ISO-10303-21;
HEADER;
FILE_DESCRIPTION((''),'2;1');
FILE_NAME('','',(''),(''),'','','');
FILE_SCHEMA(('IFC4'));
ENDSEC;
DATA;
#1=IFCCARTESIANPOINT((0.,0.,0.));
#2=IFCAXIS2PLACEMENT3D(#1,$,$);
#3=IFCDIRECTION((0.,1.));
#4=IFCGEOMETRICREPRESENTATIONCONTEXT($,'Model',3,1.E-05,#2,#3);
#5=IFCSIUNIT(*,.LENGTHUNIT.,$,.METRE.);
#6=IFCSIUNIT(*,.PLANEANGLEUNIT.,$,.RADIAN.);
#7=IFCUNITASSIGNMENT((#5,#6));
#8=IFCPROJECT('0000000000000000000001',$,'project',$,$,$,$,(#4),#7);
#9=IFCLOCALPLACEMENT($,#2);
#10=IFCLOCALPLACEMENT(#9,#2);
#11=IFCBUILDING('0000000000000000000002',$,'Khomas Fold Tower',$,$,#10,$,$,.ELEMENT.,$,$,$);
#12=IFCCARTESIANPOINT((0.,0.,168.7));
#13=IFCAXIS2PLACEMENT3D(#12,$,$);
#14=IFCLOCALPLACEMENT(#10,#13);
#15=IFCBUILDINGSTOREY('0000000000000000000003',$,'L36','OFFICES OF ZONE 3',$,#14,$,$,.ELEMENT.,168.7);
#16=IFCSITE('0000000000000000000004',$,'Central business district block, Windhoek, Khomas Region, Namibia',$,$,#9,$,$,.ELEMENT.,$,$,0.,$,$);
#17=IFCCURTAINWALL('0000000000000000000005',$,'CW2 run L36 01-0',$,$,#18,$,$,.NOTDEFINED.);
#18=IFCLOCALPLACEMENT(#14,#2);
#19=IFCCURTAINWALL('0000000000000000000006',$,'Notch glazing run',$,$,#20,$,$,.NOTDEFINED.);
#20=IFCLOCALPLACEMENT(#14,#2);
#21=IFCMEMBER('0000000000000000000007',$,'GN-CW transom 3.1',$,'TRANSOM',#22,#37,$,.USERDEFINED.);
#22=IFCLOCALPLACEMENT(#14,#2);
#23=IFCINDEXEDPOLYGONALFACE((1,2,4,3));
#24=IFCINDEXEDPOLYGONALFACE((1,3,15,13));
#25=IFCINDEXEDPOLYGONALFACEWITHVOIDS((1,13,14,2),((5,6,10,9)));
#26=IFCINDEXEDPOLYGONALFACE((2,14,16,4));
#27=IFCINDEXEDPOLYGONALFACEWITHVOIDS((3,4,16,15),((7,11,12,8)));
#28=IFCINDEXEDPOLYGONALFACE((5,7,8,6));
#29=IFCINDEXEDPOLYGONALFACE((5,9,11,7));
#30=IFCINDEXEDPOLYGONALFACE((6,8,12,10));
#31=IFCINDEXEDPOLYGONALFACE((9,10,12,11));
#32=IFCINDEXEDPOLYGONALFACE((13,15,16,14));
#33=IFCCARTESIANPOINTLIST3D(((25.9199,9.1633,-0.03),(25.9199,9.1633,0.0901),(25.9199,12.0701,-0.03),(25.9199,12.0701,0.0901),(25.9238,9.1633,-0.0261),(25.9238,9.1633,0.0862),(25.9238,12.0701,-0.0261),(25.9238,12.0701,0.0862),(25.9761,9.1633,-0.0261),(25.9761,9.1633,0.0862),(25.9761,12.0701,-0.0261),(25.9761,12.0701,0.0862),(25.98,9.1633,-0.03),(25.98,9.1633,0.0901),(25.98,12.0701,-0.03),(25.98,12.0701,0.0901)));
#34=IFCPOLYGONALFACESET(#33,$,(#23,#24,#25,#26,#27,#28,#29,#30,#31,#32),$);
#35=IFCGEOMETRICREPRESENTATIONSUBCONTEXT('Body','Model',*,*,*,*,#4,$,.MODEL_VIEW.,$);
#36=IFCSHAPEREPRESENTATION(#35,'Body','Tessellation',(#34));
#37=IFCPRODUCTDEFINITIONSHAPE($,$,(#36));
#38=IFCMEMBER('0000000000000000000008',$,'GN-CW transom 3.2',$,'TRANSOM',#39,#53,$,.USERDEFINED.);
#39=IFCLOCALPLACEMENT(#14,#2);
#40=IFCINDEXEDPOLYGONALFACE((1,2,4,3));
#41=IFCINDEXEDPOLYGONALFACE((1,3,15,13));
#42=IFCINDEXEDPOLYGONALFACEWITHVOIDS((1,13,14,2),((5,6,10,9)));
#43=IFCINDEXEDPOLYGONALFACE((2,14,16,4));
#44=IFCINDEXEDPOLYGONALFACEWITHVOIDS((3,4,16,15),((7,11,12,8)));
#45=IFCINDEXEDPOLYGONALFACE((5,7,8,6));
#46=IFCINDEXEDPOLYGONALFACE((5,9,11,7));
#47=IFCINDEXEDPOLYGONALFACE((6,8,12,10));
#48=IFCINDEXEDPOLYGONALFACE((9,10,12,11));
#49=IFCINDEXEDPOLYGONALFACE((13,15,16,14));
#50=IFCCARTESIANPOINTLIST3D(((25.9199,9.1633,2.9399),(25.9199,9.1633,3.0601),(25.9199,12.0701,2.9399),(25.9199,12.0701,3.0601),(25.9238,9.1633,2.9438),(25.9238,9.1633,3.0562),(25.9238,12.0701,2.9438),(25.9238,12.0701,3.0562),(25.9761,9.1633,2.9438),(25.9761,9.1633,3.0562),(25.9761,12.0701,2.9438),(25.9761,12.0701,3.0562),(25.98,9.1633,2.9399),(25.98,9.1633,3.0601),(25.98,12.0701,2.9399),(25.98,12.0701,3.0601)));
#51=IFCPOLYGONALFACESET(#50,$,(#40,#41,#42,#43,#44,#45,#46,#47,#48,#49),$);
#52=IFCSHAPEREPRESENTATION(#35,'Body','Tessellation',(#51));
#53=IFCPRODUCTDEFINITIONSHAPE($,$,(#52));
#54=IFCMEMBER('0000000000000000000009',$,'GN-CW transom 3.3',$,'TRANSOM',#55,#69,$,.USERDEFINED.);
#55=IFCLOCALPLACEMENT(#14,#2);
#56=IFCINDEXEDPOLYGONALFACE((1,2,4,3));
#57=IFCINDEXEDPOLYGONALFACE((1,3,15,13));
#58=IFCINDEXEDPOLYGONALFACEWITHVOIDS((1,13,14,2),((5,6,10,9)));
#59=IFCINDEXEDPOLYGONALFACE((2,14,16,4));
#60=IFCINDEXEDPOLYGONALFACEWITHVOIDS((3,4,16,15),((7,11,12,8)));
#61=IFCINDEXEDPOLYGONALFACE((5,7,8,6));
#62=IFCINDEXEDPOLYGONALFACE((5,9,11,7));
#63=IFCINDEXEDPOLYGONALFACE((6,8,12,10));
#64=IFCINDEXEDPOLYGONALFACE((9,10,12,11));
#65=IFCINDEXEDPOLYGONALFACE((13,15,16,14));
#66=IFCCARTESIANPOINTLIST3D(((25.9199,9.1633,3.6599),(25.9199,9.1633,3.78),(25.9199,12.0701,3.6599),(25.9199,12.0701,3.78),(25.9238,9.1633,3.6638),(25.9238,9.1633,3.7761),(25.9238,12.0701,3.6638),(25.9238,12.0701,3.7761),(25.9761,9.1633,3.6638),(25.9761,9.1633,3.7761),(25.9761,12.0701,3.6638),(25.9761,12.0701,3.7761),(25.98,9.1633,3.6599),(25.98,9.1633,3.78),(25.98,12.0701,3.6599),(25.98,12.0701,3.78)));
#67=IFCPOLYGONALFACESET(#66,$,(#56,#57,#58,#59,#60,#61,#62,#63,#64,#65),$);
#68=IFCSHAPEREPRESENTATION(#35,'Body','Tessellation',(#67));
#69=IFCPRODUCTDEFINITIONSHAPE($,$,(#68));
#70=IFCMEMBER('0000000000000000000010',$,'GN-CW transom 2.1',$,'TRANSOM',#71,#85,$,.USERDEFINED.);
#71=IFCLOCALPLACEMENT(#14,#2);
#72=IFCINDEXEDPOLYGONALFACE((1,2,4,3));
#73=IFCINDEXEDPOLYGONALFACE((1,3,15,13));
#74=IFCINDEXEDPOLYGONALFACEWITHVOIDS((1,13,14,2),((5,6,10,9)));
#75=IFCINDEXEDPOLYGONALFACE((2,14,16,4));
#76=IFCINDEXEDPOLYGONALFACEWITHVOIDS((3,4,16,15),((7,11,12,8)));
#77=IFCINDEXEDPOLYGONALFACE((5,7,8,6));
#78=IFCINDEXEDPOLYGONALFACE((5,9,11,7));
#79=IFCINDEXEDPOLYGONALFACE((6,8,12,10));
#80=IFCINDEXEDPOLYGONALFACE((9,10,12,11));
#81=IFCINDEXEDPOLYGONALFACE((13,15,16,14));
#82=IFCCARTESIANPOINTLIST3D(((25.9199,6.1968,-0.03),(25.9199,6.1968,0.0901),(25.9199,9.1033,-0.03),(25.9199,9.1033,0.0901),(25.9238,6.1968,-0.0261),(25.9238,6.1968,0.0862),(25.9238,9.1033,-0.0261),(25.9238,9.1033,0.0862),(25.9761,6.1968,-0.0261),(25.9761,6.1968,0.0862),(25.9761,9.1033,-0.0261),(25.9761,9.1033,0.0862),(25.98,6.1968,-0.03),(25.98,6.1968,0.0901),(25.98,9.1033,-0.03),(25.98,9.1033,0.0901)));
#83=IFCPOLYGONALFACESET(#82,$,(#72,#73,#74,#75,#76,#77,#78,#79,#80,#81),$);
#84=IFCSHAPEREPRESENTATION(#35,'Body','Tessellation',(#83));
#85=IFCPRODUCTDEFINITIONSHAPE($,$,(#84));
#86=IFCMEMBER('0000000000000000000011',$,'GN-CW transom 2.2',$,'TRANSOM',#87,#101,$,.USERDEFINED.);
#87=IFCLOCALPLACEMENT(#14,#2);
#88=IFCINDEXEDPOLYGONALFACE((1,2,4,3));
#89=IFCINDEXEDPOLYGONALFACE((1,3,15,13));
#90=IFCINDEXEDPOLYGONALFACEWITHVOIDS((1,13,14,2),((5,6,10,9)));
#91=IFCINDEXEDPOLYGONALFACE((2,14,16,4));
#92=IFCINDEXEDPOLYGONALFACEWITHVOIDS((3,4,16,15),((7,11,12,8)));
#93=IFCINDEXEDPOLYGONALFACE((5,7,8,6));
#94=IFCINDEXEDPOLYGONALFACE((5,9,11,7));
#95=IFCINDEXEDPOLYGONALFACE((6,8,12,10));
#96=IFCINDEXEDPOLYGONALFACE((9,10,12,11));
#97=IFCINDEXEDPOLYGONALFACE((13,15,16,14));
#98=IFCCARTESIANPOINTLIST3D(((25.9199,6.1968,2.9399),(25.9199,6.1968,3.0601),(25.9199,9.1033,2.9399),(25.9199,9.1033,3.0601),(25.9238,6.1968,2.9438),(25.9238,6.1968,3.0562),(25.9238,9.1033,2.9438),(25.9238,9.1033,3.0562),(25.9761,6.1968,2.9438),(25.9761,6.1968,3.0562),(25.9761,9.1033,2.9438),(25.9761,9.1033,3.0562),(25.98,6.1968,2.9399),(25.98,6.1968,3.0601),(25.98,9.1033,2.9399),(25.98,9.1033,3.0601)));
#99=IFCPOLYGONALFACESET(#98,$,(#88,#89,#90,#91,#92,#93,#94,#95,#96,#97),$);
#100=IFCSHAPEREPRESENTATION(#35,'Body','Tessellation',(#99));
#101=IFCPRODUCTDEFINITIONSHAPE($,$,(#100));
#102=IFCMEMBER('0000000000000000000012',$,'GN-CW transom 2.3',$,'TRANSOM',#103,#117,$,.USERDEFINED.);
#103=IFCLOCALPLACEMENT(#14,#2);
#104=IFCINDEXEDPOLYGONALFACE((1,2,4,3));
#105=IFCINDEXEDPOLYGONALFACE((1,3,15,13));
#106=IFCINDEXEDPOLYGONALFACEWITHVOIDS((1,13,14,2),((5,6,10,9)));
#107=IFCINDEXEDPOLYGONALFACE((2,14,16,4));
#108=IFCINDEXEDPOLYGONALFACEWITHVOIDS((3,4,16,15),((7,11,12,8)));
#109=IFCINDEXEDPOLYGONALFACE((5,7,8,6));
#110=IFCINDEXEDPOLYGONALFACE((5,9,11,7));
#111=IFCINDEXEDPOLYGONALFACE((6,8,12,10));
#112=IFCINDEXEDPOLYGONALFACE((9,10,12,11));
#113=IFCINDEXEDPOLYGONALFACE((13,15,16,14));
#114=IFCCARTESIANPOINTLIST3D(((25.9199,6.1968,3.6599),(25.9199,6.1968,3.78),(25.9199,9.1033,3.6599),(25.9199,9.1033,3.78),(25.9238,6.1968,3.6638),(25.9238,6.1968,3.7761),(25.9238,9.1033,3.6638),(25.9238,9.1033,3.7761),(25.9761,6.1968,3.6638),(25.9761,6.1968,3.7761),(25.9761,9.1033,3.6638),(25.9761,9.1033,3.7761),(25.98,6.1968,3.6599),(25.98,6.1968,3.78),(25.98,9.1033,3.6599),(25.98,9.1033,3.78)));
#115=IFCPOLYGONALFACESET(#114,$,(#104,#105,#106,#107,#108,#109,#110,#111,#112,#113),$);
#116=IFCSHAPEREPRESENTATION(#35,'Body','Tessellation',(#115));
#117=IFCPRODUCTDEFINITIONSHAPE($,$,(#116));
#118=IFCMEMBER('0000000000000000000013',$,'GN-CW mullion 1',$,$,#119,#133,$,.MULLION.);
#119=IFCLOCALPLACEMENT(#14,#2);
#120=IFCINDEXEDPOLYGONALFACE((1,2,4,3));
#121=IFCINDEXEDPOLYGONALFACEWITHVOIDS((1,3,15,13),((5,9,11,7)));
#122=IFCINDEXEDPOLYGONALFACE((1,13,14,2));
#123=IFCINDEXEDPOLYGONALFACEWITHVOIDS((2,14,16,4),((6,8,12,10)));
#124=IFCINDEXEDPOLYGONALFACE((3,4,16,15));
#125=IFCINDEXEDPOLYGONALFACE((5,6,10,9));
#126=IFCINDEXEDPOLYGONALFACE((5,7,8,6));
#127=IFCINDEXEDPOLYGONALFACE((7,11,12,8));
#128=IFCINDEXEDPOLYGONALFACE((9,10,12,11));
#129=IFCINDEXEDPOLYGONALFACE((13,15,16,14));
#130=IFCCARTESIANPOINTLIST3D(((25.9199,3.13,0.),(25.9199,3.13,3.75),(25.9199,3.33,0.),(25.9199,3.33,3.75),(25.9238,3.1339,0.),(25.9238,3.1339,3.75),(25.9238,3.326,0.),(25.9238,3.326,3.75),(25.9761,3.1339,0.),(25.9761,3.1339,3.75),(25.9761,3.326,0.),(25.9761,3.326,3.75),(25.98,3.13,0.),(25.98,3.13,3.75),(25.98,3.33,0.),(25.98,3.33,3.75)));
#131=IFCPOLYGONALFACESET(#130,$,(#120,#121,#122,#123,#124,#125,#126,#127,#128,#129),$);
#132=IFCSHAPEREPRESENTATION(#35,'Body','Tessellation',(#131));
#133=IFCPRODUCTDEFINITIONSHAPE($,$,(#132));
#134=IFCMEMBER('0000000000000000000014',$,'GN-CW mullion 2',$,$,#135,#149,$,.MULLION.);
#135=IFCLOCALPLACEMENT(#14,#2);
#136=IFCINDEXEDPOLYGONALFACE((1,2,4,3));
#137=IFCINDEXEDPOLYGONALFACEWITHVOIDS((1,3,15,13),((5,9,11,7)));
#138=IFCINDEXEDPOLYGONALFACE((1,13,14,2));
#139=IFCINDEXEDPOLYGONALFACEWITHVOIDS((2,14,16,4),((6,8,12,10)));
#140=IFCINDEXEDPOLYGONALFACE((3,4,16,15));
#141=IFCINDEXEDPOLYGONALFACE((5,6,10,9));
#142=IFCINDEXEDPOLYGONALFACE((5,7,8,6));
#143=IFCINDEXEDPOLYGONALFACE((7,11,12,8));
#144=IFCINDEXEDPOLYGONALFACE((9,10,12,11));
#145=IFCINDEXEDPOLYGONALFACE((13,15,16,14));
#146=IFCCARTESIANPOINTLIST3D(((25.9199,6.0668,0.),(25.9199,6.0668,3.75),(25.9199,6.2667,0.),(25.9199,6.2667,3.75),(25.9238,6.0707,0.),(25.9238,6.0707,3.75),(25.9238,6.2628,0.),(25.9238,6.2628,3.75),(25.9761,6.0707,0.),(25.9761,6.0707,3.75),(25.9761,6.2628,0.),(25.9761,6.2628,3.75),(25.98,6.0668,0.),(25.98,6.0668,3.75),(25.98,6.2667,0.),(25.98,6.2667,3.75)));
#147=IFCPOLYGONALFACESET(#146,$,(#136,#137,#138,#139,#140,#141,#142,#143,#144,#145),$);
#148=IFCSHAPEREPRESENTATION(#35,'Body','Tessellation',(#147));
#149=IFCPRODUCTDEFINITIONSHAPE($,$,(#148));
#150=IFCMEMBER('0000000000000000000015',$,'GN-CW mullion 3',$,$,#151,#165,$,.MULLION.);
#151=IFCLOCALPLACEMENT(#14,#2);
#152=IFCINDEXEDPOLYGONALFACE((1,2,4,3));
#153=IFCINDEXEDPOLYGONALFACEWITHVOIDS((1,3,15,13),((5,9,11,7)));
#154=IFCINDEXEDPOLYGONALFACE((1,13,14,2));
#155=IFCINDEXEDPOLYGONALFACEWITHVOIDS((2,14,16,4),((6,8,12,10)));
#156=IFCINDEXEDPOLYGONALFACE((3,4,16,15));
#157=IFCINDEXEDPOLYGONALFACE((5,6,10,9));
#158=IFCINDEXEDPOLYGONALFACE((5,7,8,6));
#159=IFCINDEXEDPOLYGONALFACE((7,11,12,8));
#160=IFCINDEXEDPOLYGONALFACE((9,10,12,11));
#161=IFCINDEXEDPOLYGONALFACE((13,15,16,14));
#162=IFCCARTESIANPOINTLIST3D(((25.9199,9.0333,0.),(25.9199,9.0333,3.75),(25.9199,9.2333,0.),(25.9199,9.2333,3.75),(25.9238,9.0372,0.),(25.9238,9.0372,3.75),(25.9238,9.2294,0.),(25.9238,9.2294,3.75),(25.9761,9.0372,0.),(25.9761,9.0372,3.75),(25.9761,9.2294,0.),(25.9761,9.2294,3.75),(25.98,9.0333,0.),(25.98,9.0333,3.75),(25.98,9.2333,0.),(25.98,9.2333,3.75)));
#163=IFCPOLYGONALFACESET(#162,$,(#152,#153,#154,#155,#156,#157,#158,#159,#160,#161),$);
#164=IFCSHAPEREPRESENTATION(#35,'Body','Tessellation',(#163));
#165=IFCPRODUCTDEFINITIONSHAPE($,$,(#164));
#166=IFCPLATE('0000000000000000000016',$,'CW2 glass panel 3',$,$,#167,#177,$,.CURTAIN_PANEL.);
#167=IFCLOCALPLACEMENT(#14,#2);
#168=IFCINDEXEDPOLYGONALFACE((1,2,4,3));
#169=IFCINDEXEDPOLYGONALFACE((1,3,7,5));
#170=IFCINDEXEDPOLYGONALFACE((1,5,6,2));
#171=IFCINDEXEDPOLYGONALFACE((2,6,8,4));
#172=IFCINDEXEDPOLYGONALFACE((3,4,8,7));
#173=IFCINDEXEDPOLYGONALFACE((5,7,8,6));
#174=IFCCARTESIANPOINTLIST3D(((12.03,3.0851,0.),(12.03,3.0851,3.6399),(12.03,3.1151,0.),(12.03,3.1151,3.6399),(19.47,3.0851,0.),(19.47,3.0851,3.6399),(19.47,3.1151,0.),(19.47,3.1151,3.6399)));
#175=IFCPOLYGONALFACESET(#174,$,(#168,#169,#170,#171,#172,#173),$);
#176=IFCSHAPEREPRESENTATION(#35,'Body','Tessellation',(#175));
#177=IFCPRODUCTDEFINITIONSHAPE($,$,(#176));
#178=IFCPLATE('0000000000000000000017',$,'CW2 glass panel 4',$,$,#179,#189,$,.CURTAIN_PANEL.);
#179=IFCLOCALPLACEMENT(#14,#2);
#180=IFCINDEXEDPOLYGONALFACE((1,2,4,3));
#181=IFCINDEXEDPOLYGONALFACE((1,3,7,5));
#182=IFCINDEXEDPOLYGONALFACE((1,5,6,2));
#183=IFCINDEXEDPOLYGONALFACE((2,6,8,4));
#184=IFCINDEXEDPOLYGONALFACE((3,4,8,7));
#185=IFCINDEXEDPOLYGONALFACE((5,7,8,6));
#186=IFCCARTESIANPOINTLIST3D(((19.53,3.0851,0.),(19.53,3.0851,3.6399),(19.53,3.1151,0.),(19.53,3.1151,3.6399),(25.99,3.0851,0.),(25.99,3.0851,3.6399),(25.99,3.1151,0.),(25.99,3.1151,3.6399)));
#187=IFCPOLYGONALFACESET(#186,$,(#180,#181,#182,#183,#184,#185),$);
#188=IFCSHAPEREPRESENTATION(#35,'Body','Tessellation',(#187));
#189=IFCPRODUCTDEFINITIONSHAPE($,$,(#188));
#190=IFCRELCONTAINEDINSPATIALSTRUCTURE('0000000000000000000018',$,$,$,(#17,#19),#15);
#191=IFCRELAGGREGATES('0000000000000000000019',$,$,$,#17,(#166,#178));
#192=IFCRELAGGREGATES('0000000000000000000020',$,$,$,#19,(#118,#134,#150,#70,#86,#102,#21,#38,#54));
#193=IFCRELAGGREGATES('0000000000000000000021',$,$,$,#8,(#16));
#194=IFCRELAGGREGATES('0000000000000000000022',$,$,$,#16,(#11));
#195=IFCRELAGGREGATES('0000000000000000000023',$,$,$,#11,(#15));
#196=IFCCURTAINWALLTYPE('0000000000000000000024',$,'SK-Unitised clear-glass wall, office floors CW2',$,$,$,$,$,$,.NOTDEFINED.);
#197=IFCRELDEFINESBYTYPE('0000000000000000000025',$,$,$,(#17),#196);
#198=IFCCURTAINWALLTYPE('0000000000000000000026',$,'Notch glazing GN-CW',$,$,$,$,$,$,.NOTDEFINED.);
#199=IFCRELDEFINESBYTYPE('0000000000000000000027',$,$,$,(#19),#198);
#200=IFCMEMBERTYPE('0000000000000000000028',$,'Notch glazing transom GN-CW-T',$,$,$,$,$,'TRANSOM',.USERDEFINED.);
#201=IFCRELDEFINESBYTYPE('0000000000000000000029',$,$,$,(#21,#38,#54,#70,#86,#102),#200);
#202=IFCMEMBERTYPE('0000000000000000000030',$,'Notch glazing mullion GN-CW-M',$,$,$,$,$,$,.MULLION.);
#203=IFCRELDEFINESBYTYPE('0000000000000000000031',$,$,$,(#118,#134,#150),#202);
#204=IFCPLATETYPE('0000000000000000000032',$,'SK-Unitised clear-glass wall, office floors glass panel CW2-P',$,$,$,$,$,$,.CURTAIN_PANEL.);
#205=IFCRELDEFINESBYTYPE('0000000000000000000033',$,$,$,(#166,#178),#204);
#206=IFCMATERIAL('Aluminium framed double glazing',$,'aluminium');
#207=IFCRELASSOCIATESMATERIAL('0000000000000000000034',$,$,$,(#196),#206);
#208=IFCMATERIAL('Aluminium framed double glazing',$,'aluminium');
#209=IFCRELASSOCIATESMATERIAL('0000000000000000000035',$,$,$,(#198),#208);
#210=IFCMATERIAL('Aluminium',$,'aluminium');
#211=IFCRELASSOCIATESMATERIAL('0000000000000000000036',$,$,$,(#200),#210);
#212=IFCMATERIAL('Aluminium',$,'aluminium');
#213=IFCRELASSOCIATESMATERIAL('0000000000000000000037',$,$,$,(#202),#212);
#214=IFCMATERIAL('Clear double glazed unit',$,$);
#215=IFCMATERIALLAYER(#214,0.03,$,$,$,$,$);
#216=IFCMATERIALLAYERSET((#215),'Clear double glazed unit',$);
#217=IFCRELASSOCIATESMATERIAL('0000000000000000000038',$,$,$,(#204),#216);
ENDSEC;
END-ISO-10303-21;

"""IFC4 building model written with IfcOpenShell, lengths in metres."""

from ifc_helpers import new_model, si_unit, direction, frame, origin, origin_2d, place, context, subcontext, project, spatial, rectangle, hollow_rectangle, extrude, source, transform, mapped, material, layer, layer_set, material_profile, profile_set, type_object, element, aggregate, save


model = new_model("IFC4")

# Units and contexts
model_context = context("Model", 3, precision=1e-05, world=origin(), true_north=direction((0.0, 1.0)))
body_context = subcontext(model_context, "Body", "Model", "MODEL_VIEW")
ifc_project = project(units=[si_unit("LENGTHUNIT", "METRE"), si_unit("PLANEANGLEUNIT", "RADIAN")], contexts=[model_context])

# Site, building, storey
site_placement = place(None, origin())
site = spatial("IfcSite", under=ifc_project, at=site_placement, Name="Central business district block, Windhoek, Khomas Region, Namibia", CompositionType="ELEMENT", RefElevation=0.0)
building_placement = place(site_placement, origin())
building = spatial("IfcBuilding", under=site, at=building_placement, Name="Khomas Fold Tower", CompositionType="ELEMENT")
storey_placement = place(building_placement, frame((0.0, 0.0, 168.7)))
storey = spatial("IfcBuildingStorey", under=building, at=storey_placement, Name="L36", Description="OFFICES OF ZONE 3", CompositionType="ELEMENT", Elevation=168.7)

# Curtain walls, members
ifc_material_1 = material(Name="Aluminium framed double glazing", Category="aluminium")
curtain_wall_type_1 = type_object("IfcCurtainWallType", Name="SK-Unitised clear-glass wall, office floors CW2", PredefinedType="NOTDEFINED", material=ifc_material_1)
curtain_wall_1_placement = place(storey_placement, origin())
curtain_wall_1 = element("IfcCurtainWall", 1, at=curtain_wall_1_placement, inside=storey, type_object=curtain_wall_type_1, Name="CW2 run L36 01-0", PredefinedType="NOTDEFINED")
ifc_material_2 = material(Name="Aluminium framed double glazing", Category="aluminium")
curtain_wall_type_2 = type_object("IfcCurtainWallType", Name="Notch glazing GN-CW", PredefinedType="NOTDEFINED", material=ifc_material_2)
curtain_wall_2_placement = place(storey_placement, origin())
curtain_wall_2 = element("IfcCurtainWall", 2, at=curtain_wall_2_placement, inside=storey, type_object=curtain_wall_type_2, Name="Notch glazing run", PredefinedType="NOTDEFINED")
ifc_material_3 = material(Name="Aluminium", Category="aluminium")
ifc_material_profile_1 = material_profile(ifc_material_3, hollow_rectangle(XDim=0.0601, YDim=0.1201, WallThickness=0.0039, at=origin_2d()), Name="Notch glazing transom GN-CW-T")
ifc_profile_set_1 = profile_set([ifc_material_profile_1], Name="Aluminium")
member_type_1 = type_object("IfcMemberType", Name="Notch glazing transom GN-CW-T", ElementType="TRANSOM", PredefinedType="USERDEFINED", material=ifc_profile_set_1)
shared_shape_1 = source(origin(), body_context, "Body", "SweptSolid", [
    extrude(hollow_rectangle(XDim=0.0601, YDim=0.1201, WallThickness=0.0039, at=origin_2d()), origin(), (0.0, 0.0, 1.0), 2.9067),
])
member_1_placement = place(storey_placement, frame((25.95, 9.1633, 0.03), z_axis=(0.0, 1.0, 0.0), x_axis=(-1.0, 0.0, 0.0)))
member_1 = element("IfcMember", 3, at=member_1_placement, type_object=member_type_1, Name="GN-CW transom 3.1", ObjectType="TRANSOM", PredefinedType="USERDEFINED", context=body_context, shape_type="MappedRepresentation", body=[
    mapped(shared_shape_1, transform((0.0, 0.0, 0.0))),
])
member_2_placement = place(storey_placement, frame((25.95, 9.1633, 3.0), z_axis=(0.0, 1.0, 0.0), x_axis=(-1.0, 0.0, 0.0)))
member_2 = element("IfcMember", 4, at=member_2_placement, type_object=member_type_1, Name="GN-CW transom 3.2", ObjectType="TRANSOM", PredefinedType="USERDEFINED", context=body_context, shape_type="MappedRepresentation", body=[
    mapped(shared_shape_1, transform((0.0, 0.0, 0.0))),
])
member_3_placement = place(storey_placement, frame((25.95, 9.1633, 3.72), z_axis=(0.0, 1.0, 0.0), x_axis=(-1.0, 0.0, 0.0)))
member_3 = element("IfcMember", 5, at=member_3_placement, type_object=member_type_1, Name="GN-CW transom 3.3", ObjectType="TRANSOM", PredefinedType="USERDEFINED", context=body_context, shape_type="MappedRepresentation", body=[
    mapped(shared_shape_1, transform((0.0, 0.0, 0.0))),
])
shared_shape_2 = source(origin(), body_context, "Body", "SweptSolid", [
    extrude(hollow_rectangle(XDim=0.0601, YDim=0.1201, WallThickness=0.0039, at=origin_2d()), origin(), (0.0, 0.0, 1.0), 2.9065),
])
member_4_placement = place(storey_placement, frame((25.95, 6.1968, 0.03), z_axis=(0.0, 1.0, 0.0), x_axis=(-1.0, 0.0, 0.0)))
member_4 = element("IfcMember", 6, at=member_4_placement, type_object=member_type_1, Name="GN-CW transom 2.1", ObjectType="TRANSOM", PredefinedType="USERDEFINED", context=body_context, shape_type="MappedRepresentation", body=[
    mapped(shared_shape_2, transform((0.0, 0.0, 0.0))),
])
member_5_placement = place(storey_placement, frame((25.95, 6.1968, 3.0), z_axis=(0.0, 1.0, 0.0), x_axis=(-1.0, 0.0, 0.0)))
member_5 = element("IfcMember", 7, at=member_5_placement, type_object=member_type_1, Name="GN-CW transom 2.2", ObjectType="TRANSOM", PredefinedType="USERDEFINED", context=body_context, shape_type="MappedRepresentation", body=[
    mapped(shared_shape_2, transform((0.0, 0.0, 0.0))),
])
member_6_placement = place(storey_placement, frame((25.95, 6.1968, 3.72), z_axis=(0.0, 1.0, 0.0), x_axis=(-1.0, 0.0, 0.0)))
member_6 = element("IfcMember", 8, at=member_6_placement, type_object=member_type_1, Name="GN-CW transom 2.3", ObjectType="TRANSOM", PredefinedType="USERDEFINED", context=body_context, shape_type="MappedRepresentation", body=[
    mapped(shared_shape_2, transform((0.0, 0.0, 0.0))),
])
ifc_material_4 = material(Name="Aluminium", Category="aluminium")
ifc_material_profile_2 = material_profile(ifc_material_4, hollow_rectangle(XDim=0.0601, YDim=0.2, WallThickness=0.0039, at=origin_2d()), Name="Notch glazing mullion GN-CW-M")
ifc_profile_set_2 = profile_set([ifc_material_profile_2], Name="Aluminium")
member_type_2 = type_object("IfcMemberType", Name="Notch glazing mullion GN-CW-M", PredefinedType="MULLION", material=ifc_profile_set_2)
shared_shape_3 = source(origin(), body_context, "Body", "SweptSolid", [
    extrude(hollow_rectangle(XDim=0.0601, YDim=0.2, WallThickness=0.0039, at=origin_2d()), origin(), (0.0, 0.0, 1.0), 3.75),
])
member_7_placement = place(storey_placement, frame((25.95, 3.23, 0.0), z_axis=(0.0, 0.0, 1.0), x_axis=(-1.0, 0.0, 0.0)))
member_7 = element("IfcMember", 9, at=member_7_placement, type_object=member_type_2, Name="GN-CW mullion 1", PredefinedType="MULLION", context=body_context, shape_type="MappedRepresentation", body=[
    mapped(shared_shape_3, transform((0.0, 0.0, 0.0))),
])
member_8_placement = place(storey_placement, frame((25.95, 6.1667, 0.0), z_axis=(0.0, 0.0, 1.0), x_axis=(-1.0, 0.0, 0.0)))
member_8 = element("IfcMember", 10, at=member_8_placement, type_object=member_type_2, Name="GN-CW mullion 2", PredefinedType="MULLION", context=body_context, shape_type="MappedRepresentation", body=[
    mapped(shared_shape_3, transform((0.0, 0.0, 0.0))),
])
member_9_placement = place(storey_placement, frame((25.95, 9.1333, 0.0), z_axis=(0.0, 0.0, 1.0), x_axis=(-1.0, 0.0, 0.0)))
member_9 = element("IfcMember", 11, at=member_9_placement, type_object=member_type_2, Name="GN-CW mullion 3", PredefinedType="MULLION", context=body_context, shape_type="MappedRepresentation", body=[
    mapped(shared_shape_3, transform((0.0, 0.0, 0.0))),
])

# Plates
ifc_material_5 = material(Name="Clear double glazed unit")
ifc_layer_1 = layer(ifc_material_5, 0.03)
ifc_layer_set_1 = layer_set([ifc_layer_1], Name="Clear double glazed unit")
plate_type_1 = type_object("IfcPlateType", Name="SK-Unitised clear-glass wall, office floors glass panel CW2-P", PredefinedType="CURTAIN_PANEL", material=ifc_layer_set_1)
shared_shape_4 = source(origin(), body_context, "Body", "SweptSolid", [
    extrude(rectangle(XDim=7.4399, YDim=0.03, at=origin_2d()), origin(), (0.0, 0.0, 1.0), 3.6399),
])
plate_1_placement = place(storey_placement, frame((15.75, 3.1001, 0.0), z_axis=(0.0, 0.0, 1.0), x_axis=(1.0, 0.0, 0.0)))
plate_1 = element("IfcPlate", 12, at=plate_1_placement, type_object=plate_type_1, Name="CW2 glass panel 3", PredefinedType="CURTAIN_PANEL", context=body_context, shape_type="MappedRepresentation", body=[
    mapped(shared_shape_4, transform((0.0, 0.0, 0.0))),
])
shared_shape_5 = source(origin(), body_context, "Body", "SweptSolid", [
    extrude(rectangle(XDim=6.46, YDim=0.03, at=origin_2d()), origin(), (0.0, 0.0, 1.0), 3.6399),
])
plate_2_placement = place(storey_placement, frame((22.76, 3.1001, 0.0), z_axis=(0.0, 0.0, 1.0), x_axis=(1.0, 0.0, 0.0)))
plate_2 = element("IfcPlate", 13, at=plate_2_placement, type_object=plate_type_1, Name="CW2 glass panel 4", PredefinedType="CURTAIN_PANEL", context=body_context, shape_type="MappedRepresentation", body=[
    mapped(shared_shape_5, transform((0.0, 0.0, 0.0))),
])
aggregate(curtain_wall_1, [plate_1, plate_2])
aggregate(curtain_wall_2, [member_7, member_8, member_9, member_4, member_5, member_6, member_1, member_2, member_3])

save(model, "model.ifc")
